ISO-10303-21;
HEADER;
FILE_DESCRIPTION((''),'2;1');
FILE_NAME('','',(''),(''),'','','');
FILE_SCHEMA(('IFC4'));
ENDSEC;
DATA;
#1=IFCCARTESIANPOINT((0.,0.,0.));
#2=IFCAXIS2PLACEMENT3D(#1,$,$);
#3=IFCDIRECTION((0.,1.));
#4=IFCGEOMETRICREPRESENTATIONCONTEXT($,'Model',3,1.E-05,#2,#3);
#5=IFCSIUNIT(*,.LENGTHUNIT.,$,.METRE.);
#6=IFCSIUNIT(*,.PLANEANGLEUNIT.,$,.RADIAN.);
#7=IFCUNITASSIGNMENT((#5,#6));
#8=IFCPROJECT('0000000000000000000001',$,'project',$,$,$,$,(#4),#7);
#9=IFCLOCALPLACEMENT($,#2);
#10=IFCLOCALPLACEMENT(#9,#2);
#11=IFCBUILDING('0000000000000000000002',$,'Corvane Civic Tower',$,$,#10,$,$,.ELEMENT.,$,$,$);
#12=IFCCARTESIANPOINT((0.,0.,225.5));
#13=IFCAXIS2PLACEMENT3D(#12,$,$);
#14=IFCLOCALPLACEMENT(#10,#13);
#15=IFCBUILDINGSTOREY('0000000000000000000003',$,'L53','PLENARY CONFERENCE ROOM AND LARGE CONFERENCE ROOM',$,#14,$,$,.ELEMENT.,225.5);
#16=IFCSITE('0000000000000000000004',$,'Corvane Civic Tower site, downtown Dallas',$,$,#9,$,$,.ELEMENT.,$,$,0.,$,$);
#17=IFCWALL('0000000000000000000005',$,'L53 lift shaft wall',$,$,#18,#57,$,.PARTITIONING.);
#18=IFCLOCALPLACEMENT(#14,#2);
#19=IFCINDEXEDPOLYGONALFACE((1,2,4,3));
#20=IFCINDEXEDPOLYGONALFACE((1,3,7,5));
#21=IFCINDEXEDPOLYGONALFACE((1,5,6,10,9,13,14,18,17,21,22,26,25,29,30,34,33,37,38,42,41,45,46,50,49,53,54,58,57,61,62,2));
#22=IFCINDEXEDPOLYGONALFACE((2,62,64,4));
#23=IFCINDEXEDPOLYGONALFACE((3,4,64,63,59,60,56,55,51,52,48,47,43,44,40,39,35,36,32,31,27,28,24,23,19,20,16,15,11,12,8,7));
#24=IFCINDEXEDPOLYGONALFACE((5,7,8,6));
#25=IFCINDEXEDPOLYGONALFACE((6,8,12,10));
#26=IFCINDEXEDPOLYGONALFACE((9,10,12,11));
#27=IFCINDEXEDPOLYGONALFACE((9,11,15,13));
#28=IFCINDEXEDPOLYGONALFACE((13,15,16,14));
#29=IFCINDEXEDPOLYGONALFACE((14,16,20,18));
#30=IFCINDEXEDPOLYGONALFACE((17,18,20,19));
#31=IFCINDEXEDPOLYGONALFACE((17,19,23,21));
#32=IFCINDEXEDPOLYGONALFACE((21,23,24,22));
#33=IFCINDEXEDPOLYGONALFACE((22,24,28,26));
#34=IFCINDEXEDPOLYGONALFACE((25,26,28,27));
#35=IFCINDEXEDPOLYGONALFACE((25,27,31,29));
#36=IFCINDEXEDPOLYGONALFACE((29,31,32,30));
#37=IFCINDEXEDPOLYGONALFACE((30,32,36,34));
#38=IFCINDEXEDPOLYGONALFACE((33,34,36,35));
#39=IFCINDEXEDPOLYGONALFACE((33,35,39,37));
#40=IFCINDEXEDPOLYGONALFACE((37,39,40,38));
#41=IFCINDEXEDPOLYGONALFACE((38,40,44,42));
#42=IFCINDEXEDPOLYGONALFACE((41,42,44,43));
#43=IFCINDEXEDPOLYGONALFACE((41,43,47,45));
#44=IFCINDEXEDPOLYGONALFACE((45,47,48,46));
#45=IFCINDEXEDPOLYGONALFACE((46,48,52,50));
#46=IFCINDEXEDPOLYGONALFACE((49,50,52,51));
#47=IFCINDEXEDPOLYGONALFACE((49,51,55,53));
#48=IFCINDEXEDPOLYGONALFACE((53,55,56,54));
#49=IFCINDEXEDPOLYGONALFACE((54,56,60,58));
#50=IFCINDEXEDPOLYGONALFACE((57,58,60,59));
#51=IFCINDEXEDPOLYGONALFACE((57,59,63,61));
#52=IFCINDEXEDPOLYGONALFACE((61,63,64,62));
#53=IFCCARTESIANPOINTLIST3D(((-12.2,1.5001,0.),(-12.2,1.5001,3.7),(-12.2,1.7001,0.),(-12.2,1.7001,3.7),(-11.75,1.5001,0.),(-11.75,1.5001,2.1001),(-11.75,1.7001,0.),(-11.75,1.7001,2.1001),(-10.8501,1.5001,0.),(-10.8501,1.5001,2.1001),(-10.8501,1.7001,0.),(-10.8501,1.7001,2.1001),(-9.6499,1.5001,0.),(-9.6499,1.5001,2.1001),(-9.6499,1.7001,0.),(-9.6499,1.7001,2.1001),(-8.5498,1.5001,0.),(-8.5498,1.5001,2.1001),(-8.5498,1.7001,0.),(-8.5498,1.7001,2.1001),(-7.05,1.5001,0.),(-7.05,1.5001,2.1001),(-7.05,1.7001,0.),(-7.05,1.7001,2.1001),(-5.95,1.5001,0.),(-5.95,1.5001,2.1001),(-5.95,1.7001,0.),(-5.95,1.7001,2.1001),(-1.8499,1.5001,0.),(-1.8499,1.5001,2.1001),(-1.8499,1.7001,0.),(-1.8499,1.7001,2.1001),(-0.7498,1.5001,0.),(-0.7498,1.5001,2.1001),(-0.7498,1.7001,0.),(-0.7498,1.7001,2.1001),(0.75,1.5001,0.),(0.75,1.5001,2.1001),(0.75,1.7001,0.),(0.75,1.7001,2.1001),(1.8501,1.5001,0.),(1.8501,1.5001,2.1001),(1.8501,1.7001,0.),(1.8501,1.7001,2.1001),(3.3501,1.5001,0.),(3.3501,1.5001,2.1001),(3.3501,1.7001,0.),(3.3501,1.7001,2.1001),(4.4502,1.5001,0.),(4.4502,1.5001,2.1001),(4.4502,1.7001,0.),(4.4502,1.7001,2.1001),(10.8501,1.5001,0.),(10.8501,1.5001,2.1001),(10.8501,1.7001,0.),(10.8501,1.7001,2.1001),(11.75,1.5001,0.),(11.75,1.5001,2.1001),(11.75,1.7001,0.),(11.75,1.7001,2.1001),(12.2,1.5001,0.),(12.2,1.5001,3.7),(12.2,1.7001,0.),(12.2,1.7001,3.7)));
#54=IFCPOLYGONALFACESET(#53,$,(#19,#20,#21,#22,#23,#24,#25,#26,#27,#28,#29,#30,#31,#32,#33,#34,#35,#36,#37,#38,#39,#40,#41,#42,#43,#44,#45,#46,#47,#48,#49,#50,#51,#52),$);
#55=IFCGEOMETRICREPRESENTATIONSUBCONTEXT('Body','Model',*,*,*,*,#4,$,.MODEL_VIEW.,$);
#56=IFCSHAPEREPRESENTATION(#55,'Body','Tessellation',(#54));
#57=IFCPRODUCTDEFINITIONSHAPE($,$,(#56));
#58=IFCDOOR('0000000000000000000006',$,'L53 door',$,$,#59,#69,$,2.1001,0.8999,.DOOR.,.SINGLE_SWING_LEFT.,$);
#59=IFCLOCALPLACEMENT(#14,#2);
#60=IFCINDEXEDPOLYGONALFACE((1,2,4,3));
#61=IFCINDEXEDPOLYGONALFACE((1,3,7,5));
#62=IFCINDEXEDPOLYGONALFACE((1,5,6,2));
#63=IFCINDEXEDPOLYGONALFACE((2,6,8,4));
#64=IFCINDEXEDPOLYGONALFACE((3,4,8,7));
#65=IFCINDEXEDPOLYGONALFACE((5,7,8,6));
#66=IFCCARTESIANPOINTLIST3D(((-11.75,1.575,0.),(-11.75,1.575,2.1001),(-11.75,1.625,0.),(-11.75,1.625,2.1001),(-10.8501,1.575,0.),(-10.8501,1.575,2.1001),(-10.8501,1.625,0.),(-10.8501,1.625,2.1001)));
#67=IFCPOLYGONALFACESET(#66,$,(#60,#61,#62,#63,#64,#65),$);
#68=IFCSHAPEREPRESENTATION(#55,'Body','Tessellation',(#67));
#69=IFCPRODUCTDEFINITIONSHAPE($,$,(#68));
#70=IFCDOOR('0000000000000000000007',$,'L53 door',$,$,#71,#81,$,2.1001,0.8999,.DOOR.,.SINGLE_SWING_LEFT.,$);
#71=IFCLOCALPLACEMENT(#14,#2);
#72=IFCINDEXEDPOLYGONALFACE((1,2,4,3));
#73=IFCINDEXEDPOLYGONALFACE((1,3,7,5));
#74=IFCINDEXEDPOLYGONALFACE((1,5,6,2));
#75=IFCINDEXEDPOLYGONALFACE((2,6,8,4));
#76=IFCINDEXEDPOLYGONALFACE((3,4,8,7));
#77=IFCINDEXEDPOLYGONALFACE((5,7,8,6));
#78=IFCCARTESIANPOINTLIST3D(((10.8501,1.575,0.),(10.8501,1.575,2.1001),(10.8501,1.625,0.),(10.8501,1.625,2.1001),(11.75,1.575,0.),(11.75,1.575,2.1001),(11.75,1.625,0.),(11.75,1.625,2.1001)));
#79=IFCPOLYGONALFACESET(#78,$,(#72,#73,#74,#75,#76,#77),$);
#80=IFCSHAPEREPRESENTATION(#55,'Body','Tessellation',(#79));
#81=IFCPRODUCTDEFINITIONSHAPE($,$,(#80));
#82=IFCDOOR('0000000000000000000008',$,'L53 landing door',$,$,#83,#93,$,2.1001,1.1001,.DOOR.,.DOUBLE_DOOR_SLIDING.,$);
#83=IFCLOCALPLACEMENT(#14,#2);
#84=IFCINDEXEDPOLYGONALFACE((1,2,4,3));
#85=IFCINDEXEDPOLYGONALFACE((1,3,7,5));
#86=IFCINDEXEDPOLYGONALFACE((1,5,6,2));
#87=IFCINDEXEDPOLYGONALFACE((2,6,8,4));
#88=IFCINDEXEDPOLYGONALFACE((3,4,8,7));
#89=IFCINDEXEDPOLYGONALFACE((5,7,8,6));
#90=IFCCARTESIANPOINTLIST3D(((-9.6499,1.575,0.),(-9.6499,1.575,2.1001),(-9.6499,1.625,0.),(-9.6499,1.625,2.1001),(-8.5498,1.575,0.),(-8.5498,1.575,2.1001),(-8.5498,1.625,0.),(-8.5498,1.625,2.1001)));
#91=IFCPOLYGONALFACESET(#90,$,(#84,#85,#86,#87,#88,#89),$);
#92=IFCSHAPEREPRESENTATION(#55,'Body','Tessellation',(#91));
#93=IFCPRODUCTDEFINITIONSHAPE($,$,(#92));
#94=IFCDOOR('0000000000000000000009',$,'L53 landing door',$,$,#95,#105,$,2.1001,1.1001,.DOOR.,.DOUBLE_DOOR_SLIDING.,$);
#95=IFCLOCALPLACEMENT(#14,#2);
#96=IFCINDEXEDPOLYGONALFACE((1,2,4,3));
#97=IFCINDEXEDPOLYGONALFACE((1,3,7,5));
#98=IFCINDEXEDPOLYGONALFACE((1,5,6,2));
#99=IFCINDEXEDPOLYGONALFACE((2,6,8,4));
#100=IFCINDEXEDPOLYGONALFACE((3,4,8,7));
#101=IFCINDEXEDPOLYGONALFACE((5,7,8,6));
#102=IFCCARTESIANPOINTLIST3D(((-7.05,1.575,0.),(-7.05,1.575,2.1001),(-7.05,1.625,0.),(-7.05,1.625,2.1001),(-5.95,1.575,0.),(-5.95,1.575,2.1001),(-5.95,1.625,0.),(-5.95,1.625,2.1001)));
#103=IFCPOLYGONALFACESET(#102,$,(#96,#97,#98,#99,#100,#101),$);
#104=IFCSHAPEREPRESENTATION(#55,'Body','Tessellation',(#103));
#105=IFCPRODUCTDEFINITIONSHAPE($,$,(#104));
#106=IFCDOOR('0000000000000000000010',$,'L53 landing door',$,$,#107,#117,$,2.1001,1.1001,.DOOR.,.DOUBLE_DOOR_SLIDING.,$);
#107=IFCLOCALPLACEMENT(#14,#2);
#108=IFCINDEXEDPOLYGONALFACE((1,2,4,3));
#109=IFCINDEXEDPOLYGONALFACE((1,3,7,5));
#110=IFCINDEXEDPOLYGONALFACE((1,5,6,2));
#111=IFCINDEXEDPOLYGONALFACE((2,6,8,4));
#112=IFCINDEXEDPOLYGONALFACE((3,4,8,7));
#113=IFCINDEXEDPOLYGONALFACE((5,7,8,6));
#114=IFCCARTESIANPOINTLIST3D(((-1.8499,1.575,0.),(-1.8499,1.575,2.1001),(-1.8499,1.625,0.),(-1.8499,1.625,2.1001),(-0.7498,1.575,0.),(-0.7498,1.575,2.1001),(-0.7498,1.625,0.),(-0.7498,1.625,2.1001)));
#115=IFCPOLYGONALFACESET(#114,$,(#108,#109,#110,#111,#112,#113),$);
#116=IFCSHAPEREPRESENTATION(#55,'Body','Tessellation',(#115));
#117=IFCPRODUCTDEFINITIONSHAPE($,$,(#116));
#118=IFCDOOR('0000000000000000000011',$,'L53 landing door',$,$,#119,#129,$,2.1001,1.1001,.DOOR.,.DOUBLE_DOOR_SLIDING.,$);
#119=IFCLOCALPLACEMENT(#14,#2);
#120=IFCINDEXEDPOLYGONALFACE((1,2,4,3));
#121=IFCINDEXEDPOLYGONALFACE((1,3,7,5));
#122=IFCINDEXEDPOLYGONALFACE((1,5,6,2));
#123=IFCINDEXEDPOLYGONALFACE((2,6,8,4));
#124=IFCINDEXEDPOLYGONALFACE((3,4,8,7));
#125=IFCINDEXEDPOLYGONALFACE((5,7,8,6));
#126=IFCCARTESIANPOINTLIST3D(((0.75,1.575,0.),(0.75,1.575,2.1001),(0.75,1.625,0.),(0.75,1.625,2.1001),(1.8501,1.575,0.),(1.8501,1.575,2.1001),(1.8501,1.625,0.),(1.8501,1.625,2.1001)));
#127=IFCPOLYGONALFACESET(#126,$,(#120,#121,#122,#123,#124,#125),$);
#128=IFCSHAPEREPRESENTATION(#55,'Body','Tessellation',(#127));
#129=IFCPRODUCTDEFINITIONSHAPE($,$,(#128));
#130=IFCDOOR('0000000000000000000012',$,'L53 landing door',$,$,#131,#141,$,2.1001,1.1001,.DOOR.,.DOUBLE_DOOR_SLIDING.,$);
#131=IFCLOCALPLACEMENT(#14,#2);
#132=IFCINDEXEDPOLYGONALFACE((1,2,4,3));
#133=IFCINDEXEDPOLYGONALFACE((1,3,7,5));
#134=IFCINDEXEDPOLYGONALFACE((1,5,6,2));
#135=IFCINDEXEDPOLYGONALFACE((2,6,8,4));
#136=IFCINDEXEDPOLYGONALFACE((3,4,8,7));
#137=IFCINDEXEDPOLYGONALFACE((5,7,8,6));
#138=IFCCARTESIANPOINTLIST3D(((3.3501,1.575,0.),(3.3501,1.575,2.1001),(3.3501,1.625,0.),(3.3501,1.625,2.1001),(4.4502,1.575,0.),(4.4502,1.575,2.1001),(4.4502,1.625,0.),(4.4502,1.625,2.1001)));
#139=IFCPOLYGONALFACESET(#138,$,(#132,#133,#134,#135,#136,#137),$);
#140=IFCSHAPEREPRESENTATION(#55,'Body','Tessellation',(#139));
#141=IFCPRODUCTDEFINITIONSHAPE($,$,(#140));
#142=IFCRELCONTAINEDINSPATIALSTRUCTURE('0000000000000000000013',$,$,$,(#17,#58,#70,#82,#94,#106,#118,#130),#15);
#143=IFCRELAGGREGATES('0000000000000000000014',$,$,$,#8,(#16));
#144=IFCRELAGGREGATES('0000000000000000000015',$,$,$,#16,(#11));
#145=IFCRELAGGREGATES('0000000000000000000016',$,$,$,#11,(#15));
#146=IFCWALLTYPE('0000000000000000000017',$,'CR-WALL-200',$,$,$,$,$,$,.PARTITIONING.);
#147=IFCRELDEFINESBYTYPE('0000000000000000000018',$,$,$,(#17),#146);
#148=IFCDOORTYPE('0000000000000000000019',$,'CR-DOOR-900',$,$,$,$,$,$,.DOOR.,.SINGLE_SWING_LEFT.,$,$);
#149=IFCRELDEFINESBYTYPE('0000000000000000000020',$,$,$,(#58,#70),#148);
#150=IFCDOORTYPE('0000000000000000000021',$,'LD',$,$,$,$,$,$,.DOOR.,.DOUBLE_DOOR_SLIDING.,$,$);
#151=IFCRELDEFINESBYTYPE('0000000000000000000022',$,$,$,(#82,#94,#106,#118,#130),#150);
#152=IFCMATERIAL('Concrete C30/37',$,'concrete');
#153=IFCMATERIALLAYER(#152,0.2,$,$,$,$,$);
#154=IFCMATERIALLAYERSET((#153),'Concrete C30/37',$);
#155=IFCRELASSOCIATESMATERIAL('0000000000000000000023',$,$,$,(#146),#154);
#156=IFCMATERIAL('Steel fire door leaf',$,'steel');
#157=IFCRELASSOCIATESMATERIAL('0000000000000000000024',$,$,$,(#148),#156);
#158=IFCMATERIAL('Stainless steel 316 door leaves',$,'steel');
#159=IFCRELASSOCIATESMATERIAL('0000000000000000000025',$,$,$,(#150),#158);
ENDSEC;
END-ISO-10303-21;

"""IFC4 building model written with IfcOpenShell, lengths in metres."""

from ifc_helpers import new_model, si_unit, direction, frame, frame_2d, origin, place, context, subcontext, project, spatial, rectangle, extrude, material, layer, layer_set, type_object, element, fill, save


model = new_model("IFC4")

# Units and contexts
model_context = context("Model", 3, precision=1e-05, world=origin(), true_north=direction((0.0, 1.0)))
body_context = subcontext(model_context, "Body", "Model", "MODEL_VIEW")
ifc_project = project(units=[si_unit("LENGTHUNIT", "METRE"), si_unit("PLANEANGLEUNIT", "RADIAN")], contexts=[model_context])

# Site, building, storey
site_placement = place(None, origin())
site = spatial("IfcSite", under=ifc_project, at=site_placement, Name="Corvane Civic Tower site, downtown Dallas", CompositionType="ELEMENT", RefElevation=0.0)
building_placement = place(site_placement, origin())
building = spatial("IfcBuilding", under=site, at=building_placement, Name="Corvane Civic Tower", CompositionType="ELEMENT")
storey_placement = place(building_placement, frame((0.0, 0.0, 225.5)))
storey = spatial("IfcBuildingStorey", under=building, at=storey_placement, Name="L53", Description="PLENARY CONFERENCE ROOM AND LARGE CONFERENCE ROOM", CompositionType="ELEMENT", Elevation=225.5)

# Wall, openings, doors
ifc_material_1 = material(Name="Concrete C30/37", Category="concrete")
ifc_layer_1 = layer(ifc_material_1, 0.2)
ifc_layer_set_1 = layer_set([ifc_layer_1], Name="Concrete C30/37")
wall_type_1 = type_object("IfcWallType", Name="CR-WALL-200", PredefinedType="PARTITIONING", material=ifc_layer_set_1)
wall_1_placement = place(storey_placement, frame((-12.2, 1.6001, 0.0), z_axis=(0.0, 0.0, 1.0), x_axis=(1.0, 0.0, 0.0)))
wall_1 = element("IfcWall", 1, at=wall_1_placement, inside=storey, type_object=wall_type_1, Name="L53 lift shaft wall", PredefinedType="PARTITIONING", context=body_context, shape_type="SweptSolid", body=[
    extrude(rectangle(XDim=24.3999, YDim=0.2, at=frame_2d((12.2, 0.0))), origin(), (0.0, 0.0, 1.0), 3.7),
])
opening_1_placement = place(wall_1_placement, frame((2.55, 0.0, 0.0)))
opening_1 = element("IfcOpeningElement", 2, at=opening_1_placement, cuts=wall_1, PredefinedType="OPENING", context=body_context, shape_type="SweptSolid", body=[
    extrude(rectangle(XDim=1.1001, YDim=2.1001, at=frame_2d((0.55, 1.05))), frame((0.0, 0.1099, 0.0), z_axis=(0.0, -1.0, 0.0), x_axis=(1.0, 0.0, 0.0)), (0.0, 0.0, 1.0), 0.22),
])
opening_2_placement = place(wall_1_placement, frame((5.1499, 0.0, 0.0)))
opening_2 = element("IfcOpeningElement", 3, at=opening_2_placement, cuts=wall_1, PredefinedType="OPENING", context=body_context, shape_type="SweptSolid", body=[
    extrude(rectangle(XDim=1.1001, YDim=2.1001, at=frame_2d((0.55, 1.05))), frame((0.0, 0.1099, 0.0), z_axis=(0.0, -1.0, 0.0), x_axis=(1.0, 0.0, 0.0)), (0.0, 0.0, 1.0), 0.22),
])
opening_3_placement = place(wall_1_placement, frame((10.3501, 0.0, 0.0)))
opening_3 = element("IfcOpeningElement", 4, at=opening_3_placement, cuts=wall_1, PredefinedType="OPENING", context=body_context, shape_type="SweptSolid", body=[
    extrude(rectangle(XDim=1.1001, YDim=2.1001, at=frame_2d((0.55, 1.05))), frame((0.0, 0.1099, 0.0), z_axis=(0.0, -1.0, 0.0), x_axis=(1.0, 0.0, 0.0)), (0.0, 0.0, 1.0), 0.22),
])
opening_4_placement = place(wall_1_placement, frame((12.95, 0.0, 0.0)))
opening_4 = element("IfcOpeningElement", 5, at=opening_4_placement, cuts=wall_1, PredefinedType="OPENING", context=body_context, shape_type="SweptSolid", body=[
    extrude(rectangle(XDim=1.1001, YDim=2.1001, at=frame_2d((0.55, 1.05))), frame((0.0, 0.1099, 0.0), z_axis=(0.0, -1.0, 0.0), x_axis=(1.0, 0.0, 0.0)), (0.0, 0.0, 1.0), 0.22),
])
opening_5_placement = place(wall_1_placement, frame((15.55, 0.0, 0.0)))
opening_5 = element("IfcOpeningElement", 6, at=opening_5_placement, cuts=wall_1, PredefinedType="OPENING", context=body_context, shape_type="SweptSolid", body=[
    extrude(rectangle(XDim=1.1001, YDim=2.1001, at=frame_2d((0.55, 1.05))), frame((0.0, 0.1099, 0.0), z_axis=(0.0, -1.0, 0.0), x_axis=(1.0, 0.0, 0.0)), (0.0, 0.0, 1.0), 0.22),
])
opening_6_placement = place(wall_1_placement, frame((0.45, 0.0, 0.0)))
opening_6 = element("IfcOpeningElement", 7, at=opening_6_placement, cuts=wall_1, PredefinedType="OPENING", context=body_context, shape_type="SweptSolid", body=[
    extrude(rectangle(XDim=0.8999, YDim=2.1001, at=frame_2d((0.45, 1.05))), frame((0.0, 0.1099, 0.0), z_axis=(0.0, -1.0, 0.0), x_axis=(1.0, 0.0, 0.0)), (0.0, 0.0, 1.0), 0.22),
])
opening_7_placement = place(wall_1_placement, frame((23.05, 0.0, 0.0)))
opening_7 = element("IfcOpeningElement", 8, at=opening_7_placement, cuts=wall_1, PredefinedType="OPENING", context=body_context, shape_type="SweptSolid", body=[
    extrude(rectangle(XDim=0.8999, YDim=2.1001, at=frame_2d((0.45, 1.05))), frame((0.0, 0.1099, 0.0), z_axis=(0.0, -1.0, 0.0), x_axis=(1.0, 0.0, 0.0)), (0.0, 0.0, 1.0), 0.22),
])
ifc_material_2 = material(Name="Steel fire door leaf", Category="steel")
door_type_1 = type_object("IfcDoorType", Name="CR-DOOR-900", OperationType="SINGLE_SWING_LEFT", PredefinedType="DOOR", material=ifc_material_2)
door_1_placement = place(opening_6_placement, origin())
door_1 = element("IfcDoor", 9, at=door_1_placement, inside=storey, type_object=door_type_1, Name="L53 door", OperationType="SINGLE_SWING_LEFT", OverallHeight=2.1001, OverallWidth=0.8999, PredefinedType="DOOR", context=body_context, shape_type="SweptSolid", body=[
    extrude(rectangle(XDim=0.8999, YDim=2.1001, at=frame_2d((0.45, 1.05))), frame((0.0, 0.0249, 0.0), z_axis=(0.0, -1.0, 0.0), x_axis=(1.0, 0.0, 0.0)), (0.0, 0.0, 1.0), 0.05),
])
fill(opening_6, door_1)
door_2_placement = place(opening_7_placement, origin())
door_2 = element("IfcDoor", 10, at=door_2_placement, inside=storey, type_object=door_type_1, Name="L53 door", OperationType="SINGLE_SWING_LEFT", OverallHeight=2.1001, OverallWidth=0.8999, PredefinedType="DOOR", context=body_context, shape_type="SweptSolid", body=[
    extrude(rectangle(XDim=0.8999, YDim=2.1001, at=frame_2d((0.45, 1.05))), frame((0.0, 0.0249, 0.0), z_axis=(0.0, -1.0, 0.0), x_axis=(1.0, 0.0, 0.0)), (0.0, 0.0, 1.0), 0.05),
])
fill(opening_7, door_2)
ifc_material_3 = material(Name="Stainless steel 316 door leaves", Category="steel")
door_type_2 = type_object("IfcDoorType", Name="LD", OperationType="DOUBLE_DOOR_SLIDING", PredefinedType="DOOR", material=ifc_material_3)
door_3_placement = place(opening_1_placement, origin())
door_3 = element("IfcDoor", 11, at=door_3_placement, inside=storey, type_object=door_type_2, Name="L53 landing door", OperationType="DOUBLE_DOOR_SLIDING", OverallHeight=2.1001, OverallWidth=1.1001, PredefinedType="DOOR", context=body_context, shape_type="SweptSolid", body=[
    extrude(rectangle(XDim=1.1001, YDim=2.1001, at=frame_2d((0.55, 1.05))), frame((0.0, 0.0249, 0.0), z_axis=(0.0, -1.0, 0.0), x_axis=(1.0, 0.0, 0.0)), (0.0, 0.0, 1.0), 0.05),
])
fill(opening_1, door_3)
door_4_placement = place(opening_2_placement, origin())
door_4 = element("IfcDoor", 12, at=door_4_placement, inside=storey, type_object=door_type_2, Name="L53 landing door", OperationType="DOUBLE_DOOR_SLIDING", OverallHeight=2.1001, OverallWidth=1.1001, PredefinedType="DOOR", context=body_context, shape_type="SweptSolid", body=[
    extrude(rectangle(XDim=1.1001, YDim=2.1001, at=frame_2d((0.55, 1.05))), frame((0.0, 0.0249, 0.0), z_axis=(0.0, -1.0, 0.0), x_axis=(1.0, 0.0, 0.0)), (0.0, 0.0, 1.0), 0.05),
])
fill(opening_2, door_4)
door_5_placement = place(opening_3_placement, origin())
door_5 = element("IfcDoor", 13, at=door_5_placement, inside=storey, type_object=door_type_2, Name="L53 landing door", OperationType="DOUBLE_DOOR_SLIDING", OverallHeight=2.1001, OverallWidth=1.1001, PredefinedType="DOOR", context=body_context, shape_type="SweptSolid", body=[
    extrude(rectangle(XDim=1.1001, YDim=2.1001, at=frame_2d((0.55, 1.05))), frame((0.0, 0.0249, 0.0), z_axis=(0.0, -1.0, 0.0), x_axis=(1.0, 0.0, 0.0)), (0.0, 0.0, 1.0), 0.05),
])
fill(opening_3, door_5)
door_6_placement = place(opening_4_placement, origin())
door_6 = element("IfcDoor", 14, at=door_6_placement, inside=storey, type_object=door_type_2, Name="L53 landing door", OperationType="DOUBLE_DOOR_SLIDING", OverallHeight=2.1001, OverallWidth=1.1001, PredefinedType="DOOR", context=body_context, shape_type="SweptSolid", body=[
    extrude(rectangle(XDim=1.1001, YDim=2.1001, at=frame_2d((0.55, 1.05))), frame((0.0, 0.0249, 0.0), z_axis=(0.0, -1.0, 0.0), x_axis=(1.0, 0.0, 0.0)), (0.0, 0.0, 1.0), 0.05),
])
fill(opening_4, door_6)
door_7_placement = place(opening_5_placement, origin())
door_7 = element("IfcDoor", 15, at=door_7_placement, inside=storey, type_object=door_type_2, Name="L53 landing door", OperationType="DOUBLE_DOOR_SLIDING", OverallHeight=2.1001, OverallWidth=1.1001, PredefinedType="DOOR", context=body_context, shape_type="SweptSolid", body=[
    extrude(rectangle(XDim=1.1001, YDim=2.1001, at=frame_2d((0.55, 1.05))), frame((0.0, 0.0249, 0.0), z_axis=(0.0, -1.0, 0.0), x_axis=(1.0, 0.0, 0.0)), (0.0, 0.0, 1.0), 0.05),
])
fill(opening_5, door_7)

save(model, "model.ifc")
